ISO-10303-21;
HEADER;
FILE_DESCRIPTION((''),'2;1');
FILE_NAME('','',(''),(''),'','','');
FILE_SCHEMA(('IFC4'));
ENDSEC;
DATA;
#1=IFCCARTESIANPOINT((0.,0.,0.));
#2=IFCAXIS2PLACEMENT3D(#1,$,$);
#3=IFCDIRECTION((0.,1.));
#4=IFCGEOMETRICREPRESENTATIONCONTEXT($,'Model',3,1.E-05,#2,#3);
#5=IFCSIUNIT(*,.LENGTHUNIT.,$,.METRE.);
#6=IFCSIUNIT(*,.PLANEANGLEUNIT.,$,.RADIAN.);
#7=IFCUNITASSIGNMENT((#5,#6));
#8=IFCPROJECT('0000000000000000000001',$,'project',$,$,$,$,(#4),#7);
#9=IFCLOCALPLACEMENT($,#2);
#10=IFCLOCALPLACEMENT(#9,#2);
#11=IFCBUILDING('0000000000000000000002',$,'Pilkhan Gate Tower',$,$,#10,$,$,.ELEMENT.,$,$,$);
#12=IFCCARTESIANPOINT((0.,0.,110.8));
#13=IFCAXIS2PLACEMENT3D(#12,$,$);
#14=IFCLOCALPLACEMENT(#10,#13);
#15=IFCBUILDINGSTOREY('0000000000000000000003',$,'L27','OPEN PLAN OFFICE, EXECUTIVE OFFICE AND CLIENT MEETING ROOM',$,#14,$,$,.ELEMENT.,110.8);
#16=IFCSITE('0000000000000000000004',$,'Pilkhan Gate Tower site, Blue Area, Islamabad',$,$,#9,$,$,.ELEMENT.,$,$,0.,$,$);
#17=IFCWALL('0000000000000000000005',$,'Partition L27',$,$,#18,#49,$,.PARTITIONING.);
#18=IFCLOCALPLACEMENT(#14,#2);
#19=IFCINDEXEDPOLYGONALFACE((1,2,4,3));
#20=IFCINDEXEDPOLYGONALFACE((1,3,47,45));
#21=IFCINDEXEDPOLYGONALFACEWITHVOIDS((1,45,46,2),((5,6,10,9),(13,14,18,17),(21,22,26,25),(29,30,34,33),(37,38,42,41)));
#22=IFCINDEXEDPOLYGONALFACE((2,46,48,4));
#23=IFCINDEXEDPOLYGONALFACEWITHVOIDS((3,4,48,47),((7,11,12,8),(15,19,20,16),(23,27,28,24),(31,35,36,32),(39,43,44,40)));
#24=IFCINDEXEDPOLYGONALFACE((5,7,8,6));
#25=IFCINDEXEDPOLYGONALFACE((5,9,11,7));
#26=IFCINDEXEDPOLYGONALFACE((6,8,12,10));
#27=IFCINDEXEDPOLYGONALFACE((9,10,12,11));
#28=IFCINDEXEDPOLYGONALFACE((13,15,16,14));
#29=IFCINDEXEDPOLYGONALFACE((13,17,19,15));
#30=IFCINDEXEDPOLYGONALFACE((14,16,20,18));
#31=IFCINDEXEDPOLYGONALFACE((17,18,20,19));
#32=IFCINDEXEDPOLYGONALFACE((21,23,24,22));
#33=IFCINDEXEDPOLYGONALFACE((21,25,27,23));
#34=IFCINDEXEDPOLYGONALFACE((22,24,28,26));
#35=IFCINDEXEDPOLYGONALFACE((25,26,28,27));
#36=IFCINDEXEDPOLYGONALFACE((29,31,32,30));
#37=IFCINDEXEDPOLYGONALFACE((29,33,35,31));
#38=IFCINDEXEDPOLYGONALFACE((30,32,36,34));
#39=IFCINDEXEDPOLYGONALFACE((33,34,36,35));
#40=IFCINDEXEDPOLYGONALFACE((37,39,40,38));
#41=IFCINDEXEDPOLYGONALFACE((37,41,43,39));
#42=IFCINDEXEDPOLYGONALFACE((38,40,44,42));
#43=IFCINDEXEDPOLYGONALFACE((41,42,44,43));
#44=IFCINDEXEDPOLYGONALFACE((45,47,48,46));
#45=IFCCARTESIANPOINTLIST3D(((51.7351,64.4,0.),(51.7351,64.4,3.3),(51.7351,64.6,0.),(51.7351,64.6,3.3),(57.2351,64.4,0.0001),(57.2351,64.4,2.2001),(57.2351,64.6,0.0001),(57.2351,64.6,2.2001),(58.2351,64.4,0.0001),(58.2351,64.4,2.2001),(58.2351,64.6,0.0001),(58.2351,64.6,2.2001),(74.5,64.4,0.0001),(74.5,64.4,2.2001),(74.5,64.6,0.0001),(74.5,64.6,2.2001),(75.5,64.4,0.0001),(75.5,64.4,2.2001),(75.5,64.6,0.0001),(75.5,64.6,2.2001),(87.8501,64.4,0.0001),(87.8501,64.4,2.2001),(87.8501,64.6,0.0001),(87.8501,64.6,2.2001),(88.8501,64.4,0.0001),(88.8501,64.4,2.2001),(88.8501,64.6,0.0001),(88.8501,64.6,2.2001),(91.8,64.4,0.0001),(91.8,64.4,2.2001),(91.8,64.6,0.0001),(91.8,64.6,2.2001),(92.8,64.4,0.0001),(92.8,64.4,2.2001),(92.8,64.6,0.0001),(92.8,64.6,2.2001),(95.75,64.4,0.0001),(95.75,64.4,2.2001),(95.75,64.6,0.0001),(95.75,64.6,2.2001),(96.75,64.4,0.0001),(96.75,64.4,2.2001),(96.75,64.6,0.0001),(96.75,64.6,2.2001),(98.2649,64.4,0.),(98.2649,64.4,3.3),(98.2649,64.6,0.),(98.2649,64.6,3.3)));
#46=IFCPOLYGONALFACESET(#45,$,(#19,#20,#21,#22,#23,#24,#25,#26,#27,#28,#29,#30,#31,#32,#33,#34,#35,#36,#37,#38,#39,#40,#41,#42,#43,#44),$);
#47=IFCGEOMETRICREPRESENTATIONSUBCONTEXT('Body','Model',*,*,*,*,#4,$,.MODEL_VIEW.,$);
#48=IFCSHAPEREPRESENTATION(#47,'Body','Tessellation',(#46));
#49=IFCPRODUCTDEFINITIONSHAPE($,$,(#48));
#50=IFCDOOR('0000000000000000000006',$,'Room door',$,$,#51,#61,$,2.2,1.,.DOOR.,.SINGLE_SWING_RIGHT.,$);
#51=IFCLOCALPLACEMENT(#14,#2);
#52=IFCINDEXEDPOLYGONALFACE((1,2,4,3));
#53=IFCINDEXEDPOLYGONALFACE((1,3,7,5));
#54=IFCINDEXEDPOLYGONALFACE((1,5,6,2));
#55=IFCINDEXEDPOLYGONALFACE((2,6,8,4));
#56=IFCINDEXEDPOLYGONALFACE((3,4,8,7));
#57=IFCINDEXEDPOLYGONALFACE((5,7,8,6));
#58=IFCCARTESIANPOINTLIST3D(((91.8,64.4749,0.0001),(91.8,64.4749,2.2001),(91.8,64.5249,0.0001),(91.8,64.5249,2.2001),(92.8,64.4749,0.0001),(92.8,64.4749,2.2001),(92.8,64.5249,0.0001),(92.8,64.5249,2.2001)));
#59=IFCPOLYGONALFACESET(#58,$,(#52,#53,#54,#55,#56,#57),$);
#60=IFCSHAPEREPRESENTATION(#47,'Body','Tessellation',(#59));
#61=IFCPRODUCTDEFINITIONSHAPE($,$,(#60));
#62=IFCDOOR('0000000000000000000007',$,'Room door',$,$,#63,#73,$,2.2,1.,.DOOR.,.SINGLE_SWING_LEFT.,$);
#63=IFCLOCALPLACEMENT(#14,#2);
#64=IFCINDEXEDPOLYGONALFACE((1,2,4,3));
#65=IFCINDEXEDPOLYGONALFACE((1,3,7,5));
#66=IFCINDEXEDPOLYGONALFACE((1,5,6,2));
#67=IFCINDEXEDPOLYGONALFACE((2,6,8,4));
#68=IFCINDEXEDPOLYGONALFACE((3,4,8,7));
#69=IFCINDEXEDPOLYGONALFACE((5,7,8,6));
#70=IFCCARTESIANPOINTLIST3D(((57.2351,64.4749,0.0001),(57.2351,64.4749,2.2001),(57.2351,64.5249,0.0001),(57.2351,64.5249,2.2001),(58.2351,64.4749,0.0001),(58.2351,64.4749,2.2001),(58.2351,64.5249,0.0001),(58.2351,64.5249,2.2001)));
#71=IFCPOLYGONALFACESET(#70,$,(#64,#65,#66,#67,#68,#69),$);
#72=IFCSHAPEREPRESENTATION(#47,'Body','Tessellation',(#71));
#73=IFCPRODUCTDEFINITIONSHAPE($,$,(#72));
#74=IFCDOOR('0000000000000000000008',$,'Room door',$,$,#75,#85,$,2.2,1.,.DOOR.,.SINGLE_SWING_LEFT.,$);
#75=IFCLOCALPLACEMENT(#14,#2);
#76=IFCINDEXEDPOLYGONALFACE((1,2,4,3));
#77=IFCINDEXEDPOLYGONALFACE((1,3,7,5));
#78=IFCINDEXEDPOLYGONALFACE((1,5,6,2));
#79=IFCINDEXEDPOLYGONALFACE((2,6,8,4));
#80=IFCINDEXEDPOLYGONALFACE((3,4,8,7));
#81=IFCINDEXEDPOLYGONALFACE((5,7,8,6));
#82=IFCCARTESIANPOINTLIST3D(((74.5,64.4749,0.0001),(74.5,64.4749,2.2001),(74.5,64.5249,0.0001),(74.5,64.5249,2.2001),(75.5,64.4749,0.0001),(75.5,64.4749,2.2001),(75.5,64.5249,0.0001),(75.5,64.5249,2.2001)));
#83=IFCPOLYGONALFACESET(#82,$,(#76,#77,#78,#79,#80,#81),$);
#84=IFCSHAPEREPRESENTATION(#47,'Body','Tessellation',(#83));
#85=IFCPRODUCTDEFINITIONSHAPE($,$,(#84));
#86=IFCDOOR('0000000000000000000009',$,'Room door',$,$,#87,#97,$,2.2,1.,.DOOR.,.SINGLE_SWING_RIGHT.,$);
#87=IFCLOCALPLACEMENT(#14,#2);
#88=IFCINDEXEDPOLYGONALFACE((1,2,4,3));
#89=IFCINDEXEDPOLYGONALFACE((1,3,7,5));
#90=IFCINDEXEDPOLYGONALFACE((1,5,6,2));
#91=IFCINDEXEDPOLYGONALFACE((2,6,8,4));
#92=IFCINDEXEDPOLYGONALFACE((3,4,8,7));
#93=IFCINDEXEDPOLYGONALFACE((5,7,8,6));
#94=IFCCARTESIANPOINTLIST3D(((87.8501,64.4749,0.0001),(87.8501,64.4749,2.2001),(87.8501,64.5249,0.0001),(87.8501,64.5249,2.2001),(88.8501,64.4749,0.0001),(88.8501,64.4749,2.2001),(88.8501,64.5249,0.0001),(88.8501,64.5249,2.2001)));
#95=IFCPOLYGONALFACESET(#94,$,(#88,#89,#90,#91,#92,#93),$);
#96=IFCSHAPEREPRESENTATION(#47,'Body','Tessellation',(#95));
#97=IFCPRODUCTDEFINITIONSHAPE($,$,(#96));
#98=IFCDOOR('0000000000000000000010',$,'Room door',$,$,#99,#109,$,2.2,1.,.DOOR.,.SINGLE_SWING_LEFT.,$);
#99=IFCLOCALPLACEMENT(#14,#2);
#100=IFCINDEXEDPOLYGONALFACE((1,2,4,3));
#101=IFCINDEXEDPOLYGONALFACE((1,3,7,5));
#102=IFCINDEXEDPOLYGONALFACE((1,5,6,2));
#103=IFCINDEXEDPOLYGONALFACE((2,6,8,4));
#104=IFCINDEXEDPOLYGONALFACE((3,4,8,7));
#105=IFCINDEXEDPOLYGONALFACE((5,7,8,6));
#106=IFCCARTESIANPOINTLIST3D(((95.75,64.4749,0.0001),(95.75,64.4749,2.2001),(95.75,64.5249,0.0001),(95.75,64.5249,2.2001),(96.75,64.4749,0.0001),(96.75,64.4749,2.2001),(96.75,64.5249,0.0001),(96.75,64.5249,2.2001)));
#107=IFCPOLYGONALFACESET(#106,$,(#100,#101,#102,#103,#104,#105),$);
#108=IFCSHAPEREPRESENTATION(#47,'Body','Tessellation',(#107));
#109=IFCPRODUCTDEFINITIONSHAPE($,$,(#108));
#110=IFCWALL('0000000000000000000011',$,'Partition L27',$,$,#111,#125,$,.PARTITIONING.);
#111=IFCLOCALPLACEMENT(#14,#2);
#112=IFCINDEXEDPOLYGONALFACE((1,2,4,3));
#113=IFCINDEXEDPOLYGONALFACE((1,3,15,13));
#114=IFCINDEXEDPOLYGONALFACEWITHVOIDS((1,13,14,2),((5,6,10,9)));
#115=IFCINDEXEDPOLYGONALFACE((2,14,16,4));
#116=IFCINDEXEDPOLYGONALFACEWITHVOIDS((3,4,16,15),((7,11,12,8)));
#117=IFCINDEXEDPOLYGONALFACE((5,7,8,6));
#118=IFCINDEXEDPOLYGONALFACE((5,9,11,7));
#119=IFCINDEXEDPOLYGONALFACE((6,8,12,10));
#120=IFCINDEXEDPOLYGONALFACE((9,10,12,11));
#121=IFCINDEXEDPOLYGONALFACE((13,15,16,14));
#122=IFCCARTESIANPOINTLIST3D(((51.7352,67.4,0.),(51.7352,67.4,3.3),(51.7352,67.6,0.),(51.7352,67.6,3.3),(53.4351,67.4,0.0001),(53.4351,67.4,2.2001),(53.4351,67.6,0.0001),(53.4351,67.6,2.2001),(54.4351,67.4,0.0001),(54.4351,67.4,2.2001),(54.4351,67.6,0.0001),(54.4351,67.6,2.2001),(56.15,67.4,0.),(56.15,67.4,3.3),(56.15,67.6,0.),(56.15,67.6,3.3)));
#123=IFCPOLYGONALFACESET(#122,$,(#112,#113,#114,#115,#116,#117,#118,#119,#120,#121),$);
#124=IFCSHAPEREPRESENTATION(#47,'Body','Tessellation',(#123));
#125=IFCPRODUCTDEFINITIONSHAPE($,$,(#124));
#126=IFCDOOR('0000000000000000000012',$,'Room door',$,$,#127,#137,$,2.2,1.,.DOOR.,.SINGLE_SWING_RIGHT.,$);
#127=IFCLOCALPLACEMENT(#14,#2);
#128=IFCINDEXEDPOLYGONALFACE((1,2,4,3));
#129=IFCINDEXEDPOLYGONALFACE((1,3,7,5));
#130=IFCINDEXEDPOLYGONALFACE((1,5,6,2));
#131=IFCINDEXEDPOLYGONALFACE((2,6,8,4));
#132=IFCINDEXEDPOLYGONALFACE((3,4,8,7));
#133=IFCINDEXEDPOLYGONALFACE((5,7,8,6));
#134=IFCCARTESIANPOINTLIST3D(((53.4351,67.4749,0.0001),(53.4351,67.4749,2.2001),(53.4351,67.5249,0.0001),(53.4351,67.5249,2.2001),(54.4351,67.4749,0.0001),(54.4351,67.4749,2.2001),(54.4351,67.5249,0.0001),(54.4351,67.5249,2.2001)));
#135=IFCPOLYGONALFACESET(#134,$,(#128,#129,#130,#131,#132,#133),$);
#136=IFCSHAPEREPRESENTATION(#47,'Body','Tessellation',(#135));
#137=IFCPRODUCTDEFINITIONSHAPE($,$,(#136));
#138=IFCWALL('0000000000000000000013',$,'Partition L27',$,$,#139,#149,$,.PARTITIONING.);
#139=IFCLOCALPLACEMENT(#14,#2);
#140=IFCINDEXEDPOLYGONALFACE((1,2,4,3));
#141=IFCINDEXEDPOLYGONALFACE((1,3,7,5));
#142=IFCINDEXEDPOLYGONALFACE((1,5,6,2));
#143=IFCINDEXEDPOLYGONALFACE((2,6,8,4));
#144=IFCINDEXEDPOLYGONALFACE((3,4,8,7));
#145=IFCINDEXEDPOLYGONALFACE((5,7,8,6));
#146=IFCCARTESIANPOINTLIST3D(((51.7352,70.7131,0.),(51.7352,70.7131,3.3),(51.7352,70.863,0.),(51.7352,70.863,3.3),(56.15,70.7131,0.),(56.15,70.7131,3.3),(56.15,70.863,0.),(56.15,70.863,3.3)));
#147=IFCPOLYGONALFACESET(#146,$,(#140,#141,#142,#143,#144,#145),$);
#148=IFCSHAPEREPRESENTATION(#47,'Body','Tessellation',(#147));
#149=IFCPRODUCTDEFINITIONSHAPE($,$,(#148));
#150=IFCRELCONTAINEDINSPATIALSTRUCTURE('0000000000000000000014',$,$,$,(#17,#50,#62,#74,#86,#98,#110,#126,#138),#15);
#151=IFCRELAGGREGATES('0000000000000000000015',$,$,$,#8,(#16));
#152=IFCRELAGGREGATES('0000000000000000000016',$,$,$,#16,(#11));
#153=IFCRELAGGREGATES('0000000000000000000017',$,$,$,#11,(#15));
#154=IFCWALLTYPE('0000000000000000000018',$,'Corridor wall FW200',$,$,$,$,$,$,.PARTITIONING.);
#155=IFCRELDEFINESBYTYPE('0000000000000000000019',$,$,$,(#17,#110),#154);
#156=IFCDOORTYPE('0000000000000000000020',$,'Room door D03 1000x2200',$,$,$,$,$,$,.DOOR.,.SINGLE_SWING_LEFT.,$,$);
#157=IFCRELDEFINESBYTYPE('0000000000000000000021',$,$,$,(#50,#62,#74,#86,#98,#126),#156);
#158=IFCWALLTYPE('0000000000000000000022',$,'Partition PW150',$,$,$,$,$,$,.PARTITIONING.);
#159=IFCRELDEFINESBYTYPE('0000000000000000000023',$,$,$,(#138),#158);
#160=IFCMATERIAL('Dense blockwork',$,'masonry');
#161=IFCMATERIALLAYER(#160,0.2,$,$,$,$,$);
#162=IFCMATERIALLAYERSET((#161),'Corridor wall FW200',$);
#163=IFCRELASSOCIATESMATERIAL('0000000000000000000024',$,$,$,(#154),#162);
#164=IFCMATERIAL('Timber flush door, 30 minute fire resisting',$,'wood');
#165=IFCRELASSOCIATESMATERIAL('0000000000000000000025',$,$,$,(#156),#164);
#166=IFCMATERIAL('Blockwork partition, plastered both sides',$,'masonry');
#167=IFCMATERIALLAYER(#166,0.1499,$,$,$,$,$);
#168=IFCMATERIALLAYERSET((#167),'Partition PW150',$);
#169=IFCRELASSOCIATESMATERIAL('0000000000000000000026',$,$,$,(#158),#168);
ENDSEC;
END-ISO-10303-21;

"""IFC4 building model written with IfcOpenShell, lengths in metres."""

from ifc_helpers import new_model, si_unit, direction, frame, frame_2d, origin, place, context, subcontext, project, spatial, rectangle, extrude, material, layer, layer_set, type_object, element, fill, save


model = new_model("IFC4")

# Units and contexts
model_context = context("Model", 3, precision=1e-05, world=origin(), true_north=direction((0.0, 1.0)))
body_context = subcontext(model_context, "Body", "Model", "MODEL_VIEW")
ifc_project = project(units=[si_unit("LENGTHUNIT", "METRE"), si_unit("PLANEANGLEUNIT", "RADIAN")], contexts=[model_context])

# Site, building, storey
site_placement = place(None, origin())
site = spatial("IfcSite", under=ifc_project, at=site_placement, Name="Pilkhan Gate Tower site, Blue Area, Islamabad", CompositionType="ELEMENT", RefElevation=0.0)
building_placement = place(site_placement, origin())
building = spatial("IfcBuilding", under=site, at=building_placement, Name="Pilkhan Gate Tower", CompositionType="ELEMENT")
storey_placement = place(building_placement, frame((0.0, 0.0, 110.8)))
storey = spatial("IfcBuildingStorey", under=building, at=storey_placement, Name="L27", Description="OPEN PLAN OFFICE, EXECUTIVE OFFICE AND CLIENT MEETING ROOM", CompositionType="ELEMENT", Elevation=110.8)

# Wall, openings, doors
ifc_material_1 = material(Name="Dense blockwork", Category="masonry")
ifc_layer_1 = layer(ifc_material_1, 0.2)
ifc_layer_set_1 = layer_set([ifc_layer_1], Name="Corridor wall FW200")
wall_type_1 = type_object("IfcWallType", Name="Corridor wall FW200", PredefinedType="PARTITIONING", material=ifc_layer_set_1)
wall_1_placement = place(storey_placement, frame((51.7351, 64.5, 0.0), z_axis=(0.0, 0.0, 1.0), x_axis=(1.0, 0.0, 0.0)))
wall_1 = element("IfcWall", 1, at=wall_1_placement, inside=storey, type_object=wall_type_1, Name="Partition L27", PredefinedType="PARTITIONING", context=body_context, shape_type="SweptSolid", body=[
    extrude(rectangle(XDim=46.5298, YDim=0.2, at=frame_2d((23.2649, 0.0))), origin(), (0.0, 0.0, 1.0), 3.3),
])
opening_1_placement = place(wall_1_placement, frame((40.0649, 0.0, 0.0)))
opening_1 = element("IfcOpeningElement", 2, at=opening_1_placement, cuts=wall_1, PredefinedType="OPENING", context=body_context, shape_type="SweptSolid", body=[
    extrude(rectangle(XDim=1.0, YDim=2.2, at=frame_2d((0.5, 1.1001))), frame((0.0, 0.1099, 0.0), z_axis=(0.0, -1.0, 0.0), x_axis=(1.0, 0.0, 0.0)), (0.0, 0.0, 1.0), 0.22),
])
opening_2_placement = place(wall_1_placement, frame((5.5, 0.0, 0.0)))
opening_2 = element("IfcOpeningElement", 3, at=opening_2_placement, cuts=wall_1, PredefinedType="OPENING", context=body_context, shape_type="SweptSolid", body=[
    extrude(rectangle(XDim=1.0, YDim=2.2, at=frame_2d((0.5, 1.1001))), frame((0.0, 0.1099, 0.0), z_axis=(0.0, -1.0, 0.0), x_axis=(1.0, 0.0, 0.0)), (0.0, 0.0, 1.0), 0.22),
])
opening_3_placement = place(wall_1_placement, frame((22.7649, 0.0, 0.0)))
opening_3 = element("IfcOpeningElement", 4, at=opening_3_placement, cuts=wall_1, PredefinedType="OPENING", context=body_context, shape_type="SweptSolid", body=[
    extrude(rectangle(XDim=1.0, YDim=2.2, at=frame_2d((0.5, 1.1001))), frame((0.0, 0.1099, 0.0), z_axis=(0.0, -1.0, 0.0), x_axis=(1.0, 0.0, 0.0)), (0.0, 0.0, 1.0), 0.22),
])
opening_4_placement = place(wall_1_placement, frame((36.115, 0.0, 0.0)))
opening_4 = element("IfcOpeningElement", 5, at=opening_4_placement, cuts=wall_1, PredefinedType="OPENING", context=body_context, shape_type="SweptSolid", body=[
    extrude(rectangle(XDim=1.0, YDim=2.2, at=frame_2d((0.5, 1.1001))), frame((0.0, 0.1099, 0.0), z_axis=(0.0, -1.0, 0.0), x_axis=(1.0, 0.0, 0.0)), (0.0, 0.0, 1.0), 0.22),
])
opening_5_placement = place(wall_1_placement, frame((44.0149, 0.0, 0.0)))
opening_5 = element("IfcOpeningElement", 6, at=opening_5_placement, cuts=wall_1, PredefinedType="OPENING", context=body_context, shape_type="SweptSolid", body=[
    extrude(rectangle(XDim=1.0, YDim=2.2, at=frame_2d((0.5, 1.1001))), frame((0.0, 0.1099, 0.0), z_axis=(0.0, -1.0, 0.0), x_axis=(1.0, 0.0, 0.0)), (0.0, 0.0, 1.0), 0.22),
])
ifc_material_2 = material(Name="Timber flush door, 30 minute fire resisting", Category="wood")
door_type = type_object("IfcDoorType", Name="Room door D03 1000x2200", OperationType="SINGLE_SWING_LEFT", PredefinedType="DOOR", material=ifc_material_2)
door_1_placement = place(opening_1_placement, origin())
door_1 = element("IfcDoor", 7, at=door_1_placement, inside=storey, type_object=door_type, Name="Room door", OperationType="SINGLE_SWING_RIGHT", OverallHeight=2.2, OverallWidth=1.0, PredefinedType="DOOR", context=body_context, shape_type="SweptSolid", body=[
    extrude(rectangle(XDim=1.0, YDim=2.2, at=frame_2d((0.5, 1.1001))), frame((0.0, 0.0249, 0.0), z_axis=(0.0, -1.0, 0.0), x_axis=(1.0, 0.0, 0.0)), (0.0, 0.0, 1.0), 0.05),
])
fill(opening_1, door_1)
door_2_placement = place(opening_2_placement, origin())
door_2 = element("IfcDoor", 8, at=door_2_placement, inside=storey, type_object=door_type, Name="Room door", OperationType="SINGLE_SWING_LEFT", OverallHeight=2.2, OverallWidth=1.0, PredefinedType="DOOR", context=body_context, shape_type="SweptSolid", body=[
    extrude(rectangle(XDim=1.0, YDim=2.2, at=frame_2d((0.5, 1.1001))), frame((0.0, 0.0249, 0.0), z_axis=(0.0, -1.0, 0.0), x_axis=(1.0, 0.0, 0.0)), (0.0, 0.0, 1.0), 0.05),
])
fill(opening_2, door_2)
door_3_placement = place(opening_3_placement, origin())
door_3 = element("IfcDoor", 9, at=door_3_placement, inside=storey, type_object=door_type, Name="Room door", OperationType="SINGLE_SWING_LEFT", OverallHeight=2.2, OverallWidth=1.0, PredefinedType="DOOR", context=body_context, shape_type="SweptSolid", body=[
    extrude(rectangle(XDim=1.0, YDim=2.2, at=frame_2d((0.5, 1.1001))), frame((0.0, 0.0249, 0.0), z_axis=(0.0, -1.0, 0.0), x_axis=(1.0, 0.0, 0.0)), (0.0, 0.0, 1.0), 0.05),
])
fill(opening_3, door_3)
door_4_placement = place(opening_4_placement, origin())
door_4 = element("IfcDoor", 10, at=door_4_placement, inside=storey, type_object=door_type, Name="Room door", OperationType="SINGLE_SWING_RIGHT", OverallHeight=2.2, OverallWidth=1.0, PredefinedType="DOOR", context=body_context, shape_type="SweptSolid", body=[
    extrude(rectangle(XDim=1.0, YDim=2.2, at=frame_2d((0.5, 1.1001))), frame((0.0, 0.0249, 0.0), z_axis=(0.0, -1.0, 0.0), x_axis=(1.0, 0.0, 0.0)), (0.0, 0.0, 1.0), 0.05),
])
fill(opening_4, door_4)
door_5_placement = place(opening_5_placement, origin())
door_5 = element("IfcDoor", 11, at=door_5_placement, inside=storey, type_object=door_type, Name="Room door", OperationType="SINGLE_SWING_LEFT", OverallHeight=2.2, OverallWidth=1.0, PredefinedType="DOOR", context=body_context, shape_type="SweptSolid", body=[
    extrude(rectangle(XDim=1.0, YDim=2.2, at=frame_2d((0.5, 1.1001))), frame((0.0, 0.0249, 0.0), z_axis=(0.0, -1.0, 0.0), x_axis=(1.0, 0.0, 0.0)), (0.0, 0.0, 1.0), 0.05),
])
fill(opening_5, door_5)

# Wall, opening, door
wall_2_placement = place(storey_placement, frame((51.7351, 67.5, 0.0), z_axis=(0.0, 0.0, 1.0), x_axis=(1.0, 0.0, 0.0)))
wall_2 = element("IfcWall", 12, at=wall_2_placement, inside=storey, type_object=wall_type_1, Name="Partition L27", PredefinedType="PARTITIONING", context=body_context, shape_type="SweptSolid", body=[
    extrude(rectangle(XDim=4.4148, YDim=0.2, at=frame_2d((2.2075, 0.0))), origin(), (0.0, 0.0, 1.0), 3.3),
])
opening_6_placement = place(wall_2_placement, frame((1.7, 0.0, 0.0)))
opening_6 = element("IfcOpeningElement", 13, at=opening_6_placement, cuts=wall_2, PredefinedType="OPENING", context=body_context, shape_type="SweptSolid", body=[
    extrude(rectangle(XDim=1.0, YDim=2.2, at=frame_2d((0.5, 1.1001))), frame((0.0, 0.1099, 0.0), z_axis=(0.0, -1.0, 0.0), x_axis=(1.0, 0.0, 0.0)), (0.0, 0.0, 1.0), 0.22),
])
door_6_placement = place(opening_6_placement, origin())
door_6 = element("IfcDoor", 14, at=door_6_placement, inside=storey, type_object=door_type, Name="Room door", OperationType="SINGLE_SWING_RIGHT", OverallHeight=2.2, OverallWidth=1.0, PredefinedType="DOOR", context=body_context, shape_type="SweptSolid", body=[
    extrude(rectangle(XDim=1.0, YDim=2.2, at=frame_2d((0.5, 1.1001))), frame((0.0, 0.0249, 0.0), z_axis=(0.0, -1.0, 0.0), x_axis=(1.0, 0.0, 0.0)), (0.0, 0.0, 1.0), 0.05),
])
fill(opening_6, door_6)

# Wall
ifc_material_3 = material(Name="Blockwork partition, plastered both sides", Category="masonry")
ifc_layer_2 = layer(ifc_material_3, 0.1499)
ifc_layer_set_2 = layer_set([ifc_layer_2], Name="Partition PW150")
wall_type_2 = type_object("IfcWallType", Name="Partition PW150", PredefinedType="PARTITIONING", material=ifc_layer_set_2)
wall_3_placement = place(storey_placement, frame((51.7351, 70.7881, 0.0), z_axis=(0.0, 0.0, 1.0), x_axis=(1.0, 0.0, 0.0)))
element("IfcWall", 15, at=wall_3_placement, inside=storey, type_object=wall_type_2, Name="Partition L27", PredefinedType="PARTITIONING", context=body_context, shape_type="SweptSolid", body=[
    extrude(rectangle(XDim=4.4148, YDim=0.1499, at=frame_2d((2.2075, 0.0))), origin(), (0.0, 0.0, 1.0), 3.3),
])

save(model, "model.ifc")
